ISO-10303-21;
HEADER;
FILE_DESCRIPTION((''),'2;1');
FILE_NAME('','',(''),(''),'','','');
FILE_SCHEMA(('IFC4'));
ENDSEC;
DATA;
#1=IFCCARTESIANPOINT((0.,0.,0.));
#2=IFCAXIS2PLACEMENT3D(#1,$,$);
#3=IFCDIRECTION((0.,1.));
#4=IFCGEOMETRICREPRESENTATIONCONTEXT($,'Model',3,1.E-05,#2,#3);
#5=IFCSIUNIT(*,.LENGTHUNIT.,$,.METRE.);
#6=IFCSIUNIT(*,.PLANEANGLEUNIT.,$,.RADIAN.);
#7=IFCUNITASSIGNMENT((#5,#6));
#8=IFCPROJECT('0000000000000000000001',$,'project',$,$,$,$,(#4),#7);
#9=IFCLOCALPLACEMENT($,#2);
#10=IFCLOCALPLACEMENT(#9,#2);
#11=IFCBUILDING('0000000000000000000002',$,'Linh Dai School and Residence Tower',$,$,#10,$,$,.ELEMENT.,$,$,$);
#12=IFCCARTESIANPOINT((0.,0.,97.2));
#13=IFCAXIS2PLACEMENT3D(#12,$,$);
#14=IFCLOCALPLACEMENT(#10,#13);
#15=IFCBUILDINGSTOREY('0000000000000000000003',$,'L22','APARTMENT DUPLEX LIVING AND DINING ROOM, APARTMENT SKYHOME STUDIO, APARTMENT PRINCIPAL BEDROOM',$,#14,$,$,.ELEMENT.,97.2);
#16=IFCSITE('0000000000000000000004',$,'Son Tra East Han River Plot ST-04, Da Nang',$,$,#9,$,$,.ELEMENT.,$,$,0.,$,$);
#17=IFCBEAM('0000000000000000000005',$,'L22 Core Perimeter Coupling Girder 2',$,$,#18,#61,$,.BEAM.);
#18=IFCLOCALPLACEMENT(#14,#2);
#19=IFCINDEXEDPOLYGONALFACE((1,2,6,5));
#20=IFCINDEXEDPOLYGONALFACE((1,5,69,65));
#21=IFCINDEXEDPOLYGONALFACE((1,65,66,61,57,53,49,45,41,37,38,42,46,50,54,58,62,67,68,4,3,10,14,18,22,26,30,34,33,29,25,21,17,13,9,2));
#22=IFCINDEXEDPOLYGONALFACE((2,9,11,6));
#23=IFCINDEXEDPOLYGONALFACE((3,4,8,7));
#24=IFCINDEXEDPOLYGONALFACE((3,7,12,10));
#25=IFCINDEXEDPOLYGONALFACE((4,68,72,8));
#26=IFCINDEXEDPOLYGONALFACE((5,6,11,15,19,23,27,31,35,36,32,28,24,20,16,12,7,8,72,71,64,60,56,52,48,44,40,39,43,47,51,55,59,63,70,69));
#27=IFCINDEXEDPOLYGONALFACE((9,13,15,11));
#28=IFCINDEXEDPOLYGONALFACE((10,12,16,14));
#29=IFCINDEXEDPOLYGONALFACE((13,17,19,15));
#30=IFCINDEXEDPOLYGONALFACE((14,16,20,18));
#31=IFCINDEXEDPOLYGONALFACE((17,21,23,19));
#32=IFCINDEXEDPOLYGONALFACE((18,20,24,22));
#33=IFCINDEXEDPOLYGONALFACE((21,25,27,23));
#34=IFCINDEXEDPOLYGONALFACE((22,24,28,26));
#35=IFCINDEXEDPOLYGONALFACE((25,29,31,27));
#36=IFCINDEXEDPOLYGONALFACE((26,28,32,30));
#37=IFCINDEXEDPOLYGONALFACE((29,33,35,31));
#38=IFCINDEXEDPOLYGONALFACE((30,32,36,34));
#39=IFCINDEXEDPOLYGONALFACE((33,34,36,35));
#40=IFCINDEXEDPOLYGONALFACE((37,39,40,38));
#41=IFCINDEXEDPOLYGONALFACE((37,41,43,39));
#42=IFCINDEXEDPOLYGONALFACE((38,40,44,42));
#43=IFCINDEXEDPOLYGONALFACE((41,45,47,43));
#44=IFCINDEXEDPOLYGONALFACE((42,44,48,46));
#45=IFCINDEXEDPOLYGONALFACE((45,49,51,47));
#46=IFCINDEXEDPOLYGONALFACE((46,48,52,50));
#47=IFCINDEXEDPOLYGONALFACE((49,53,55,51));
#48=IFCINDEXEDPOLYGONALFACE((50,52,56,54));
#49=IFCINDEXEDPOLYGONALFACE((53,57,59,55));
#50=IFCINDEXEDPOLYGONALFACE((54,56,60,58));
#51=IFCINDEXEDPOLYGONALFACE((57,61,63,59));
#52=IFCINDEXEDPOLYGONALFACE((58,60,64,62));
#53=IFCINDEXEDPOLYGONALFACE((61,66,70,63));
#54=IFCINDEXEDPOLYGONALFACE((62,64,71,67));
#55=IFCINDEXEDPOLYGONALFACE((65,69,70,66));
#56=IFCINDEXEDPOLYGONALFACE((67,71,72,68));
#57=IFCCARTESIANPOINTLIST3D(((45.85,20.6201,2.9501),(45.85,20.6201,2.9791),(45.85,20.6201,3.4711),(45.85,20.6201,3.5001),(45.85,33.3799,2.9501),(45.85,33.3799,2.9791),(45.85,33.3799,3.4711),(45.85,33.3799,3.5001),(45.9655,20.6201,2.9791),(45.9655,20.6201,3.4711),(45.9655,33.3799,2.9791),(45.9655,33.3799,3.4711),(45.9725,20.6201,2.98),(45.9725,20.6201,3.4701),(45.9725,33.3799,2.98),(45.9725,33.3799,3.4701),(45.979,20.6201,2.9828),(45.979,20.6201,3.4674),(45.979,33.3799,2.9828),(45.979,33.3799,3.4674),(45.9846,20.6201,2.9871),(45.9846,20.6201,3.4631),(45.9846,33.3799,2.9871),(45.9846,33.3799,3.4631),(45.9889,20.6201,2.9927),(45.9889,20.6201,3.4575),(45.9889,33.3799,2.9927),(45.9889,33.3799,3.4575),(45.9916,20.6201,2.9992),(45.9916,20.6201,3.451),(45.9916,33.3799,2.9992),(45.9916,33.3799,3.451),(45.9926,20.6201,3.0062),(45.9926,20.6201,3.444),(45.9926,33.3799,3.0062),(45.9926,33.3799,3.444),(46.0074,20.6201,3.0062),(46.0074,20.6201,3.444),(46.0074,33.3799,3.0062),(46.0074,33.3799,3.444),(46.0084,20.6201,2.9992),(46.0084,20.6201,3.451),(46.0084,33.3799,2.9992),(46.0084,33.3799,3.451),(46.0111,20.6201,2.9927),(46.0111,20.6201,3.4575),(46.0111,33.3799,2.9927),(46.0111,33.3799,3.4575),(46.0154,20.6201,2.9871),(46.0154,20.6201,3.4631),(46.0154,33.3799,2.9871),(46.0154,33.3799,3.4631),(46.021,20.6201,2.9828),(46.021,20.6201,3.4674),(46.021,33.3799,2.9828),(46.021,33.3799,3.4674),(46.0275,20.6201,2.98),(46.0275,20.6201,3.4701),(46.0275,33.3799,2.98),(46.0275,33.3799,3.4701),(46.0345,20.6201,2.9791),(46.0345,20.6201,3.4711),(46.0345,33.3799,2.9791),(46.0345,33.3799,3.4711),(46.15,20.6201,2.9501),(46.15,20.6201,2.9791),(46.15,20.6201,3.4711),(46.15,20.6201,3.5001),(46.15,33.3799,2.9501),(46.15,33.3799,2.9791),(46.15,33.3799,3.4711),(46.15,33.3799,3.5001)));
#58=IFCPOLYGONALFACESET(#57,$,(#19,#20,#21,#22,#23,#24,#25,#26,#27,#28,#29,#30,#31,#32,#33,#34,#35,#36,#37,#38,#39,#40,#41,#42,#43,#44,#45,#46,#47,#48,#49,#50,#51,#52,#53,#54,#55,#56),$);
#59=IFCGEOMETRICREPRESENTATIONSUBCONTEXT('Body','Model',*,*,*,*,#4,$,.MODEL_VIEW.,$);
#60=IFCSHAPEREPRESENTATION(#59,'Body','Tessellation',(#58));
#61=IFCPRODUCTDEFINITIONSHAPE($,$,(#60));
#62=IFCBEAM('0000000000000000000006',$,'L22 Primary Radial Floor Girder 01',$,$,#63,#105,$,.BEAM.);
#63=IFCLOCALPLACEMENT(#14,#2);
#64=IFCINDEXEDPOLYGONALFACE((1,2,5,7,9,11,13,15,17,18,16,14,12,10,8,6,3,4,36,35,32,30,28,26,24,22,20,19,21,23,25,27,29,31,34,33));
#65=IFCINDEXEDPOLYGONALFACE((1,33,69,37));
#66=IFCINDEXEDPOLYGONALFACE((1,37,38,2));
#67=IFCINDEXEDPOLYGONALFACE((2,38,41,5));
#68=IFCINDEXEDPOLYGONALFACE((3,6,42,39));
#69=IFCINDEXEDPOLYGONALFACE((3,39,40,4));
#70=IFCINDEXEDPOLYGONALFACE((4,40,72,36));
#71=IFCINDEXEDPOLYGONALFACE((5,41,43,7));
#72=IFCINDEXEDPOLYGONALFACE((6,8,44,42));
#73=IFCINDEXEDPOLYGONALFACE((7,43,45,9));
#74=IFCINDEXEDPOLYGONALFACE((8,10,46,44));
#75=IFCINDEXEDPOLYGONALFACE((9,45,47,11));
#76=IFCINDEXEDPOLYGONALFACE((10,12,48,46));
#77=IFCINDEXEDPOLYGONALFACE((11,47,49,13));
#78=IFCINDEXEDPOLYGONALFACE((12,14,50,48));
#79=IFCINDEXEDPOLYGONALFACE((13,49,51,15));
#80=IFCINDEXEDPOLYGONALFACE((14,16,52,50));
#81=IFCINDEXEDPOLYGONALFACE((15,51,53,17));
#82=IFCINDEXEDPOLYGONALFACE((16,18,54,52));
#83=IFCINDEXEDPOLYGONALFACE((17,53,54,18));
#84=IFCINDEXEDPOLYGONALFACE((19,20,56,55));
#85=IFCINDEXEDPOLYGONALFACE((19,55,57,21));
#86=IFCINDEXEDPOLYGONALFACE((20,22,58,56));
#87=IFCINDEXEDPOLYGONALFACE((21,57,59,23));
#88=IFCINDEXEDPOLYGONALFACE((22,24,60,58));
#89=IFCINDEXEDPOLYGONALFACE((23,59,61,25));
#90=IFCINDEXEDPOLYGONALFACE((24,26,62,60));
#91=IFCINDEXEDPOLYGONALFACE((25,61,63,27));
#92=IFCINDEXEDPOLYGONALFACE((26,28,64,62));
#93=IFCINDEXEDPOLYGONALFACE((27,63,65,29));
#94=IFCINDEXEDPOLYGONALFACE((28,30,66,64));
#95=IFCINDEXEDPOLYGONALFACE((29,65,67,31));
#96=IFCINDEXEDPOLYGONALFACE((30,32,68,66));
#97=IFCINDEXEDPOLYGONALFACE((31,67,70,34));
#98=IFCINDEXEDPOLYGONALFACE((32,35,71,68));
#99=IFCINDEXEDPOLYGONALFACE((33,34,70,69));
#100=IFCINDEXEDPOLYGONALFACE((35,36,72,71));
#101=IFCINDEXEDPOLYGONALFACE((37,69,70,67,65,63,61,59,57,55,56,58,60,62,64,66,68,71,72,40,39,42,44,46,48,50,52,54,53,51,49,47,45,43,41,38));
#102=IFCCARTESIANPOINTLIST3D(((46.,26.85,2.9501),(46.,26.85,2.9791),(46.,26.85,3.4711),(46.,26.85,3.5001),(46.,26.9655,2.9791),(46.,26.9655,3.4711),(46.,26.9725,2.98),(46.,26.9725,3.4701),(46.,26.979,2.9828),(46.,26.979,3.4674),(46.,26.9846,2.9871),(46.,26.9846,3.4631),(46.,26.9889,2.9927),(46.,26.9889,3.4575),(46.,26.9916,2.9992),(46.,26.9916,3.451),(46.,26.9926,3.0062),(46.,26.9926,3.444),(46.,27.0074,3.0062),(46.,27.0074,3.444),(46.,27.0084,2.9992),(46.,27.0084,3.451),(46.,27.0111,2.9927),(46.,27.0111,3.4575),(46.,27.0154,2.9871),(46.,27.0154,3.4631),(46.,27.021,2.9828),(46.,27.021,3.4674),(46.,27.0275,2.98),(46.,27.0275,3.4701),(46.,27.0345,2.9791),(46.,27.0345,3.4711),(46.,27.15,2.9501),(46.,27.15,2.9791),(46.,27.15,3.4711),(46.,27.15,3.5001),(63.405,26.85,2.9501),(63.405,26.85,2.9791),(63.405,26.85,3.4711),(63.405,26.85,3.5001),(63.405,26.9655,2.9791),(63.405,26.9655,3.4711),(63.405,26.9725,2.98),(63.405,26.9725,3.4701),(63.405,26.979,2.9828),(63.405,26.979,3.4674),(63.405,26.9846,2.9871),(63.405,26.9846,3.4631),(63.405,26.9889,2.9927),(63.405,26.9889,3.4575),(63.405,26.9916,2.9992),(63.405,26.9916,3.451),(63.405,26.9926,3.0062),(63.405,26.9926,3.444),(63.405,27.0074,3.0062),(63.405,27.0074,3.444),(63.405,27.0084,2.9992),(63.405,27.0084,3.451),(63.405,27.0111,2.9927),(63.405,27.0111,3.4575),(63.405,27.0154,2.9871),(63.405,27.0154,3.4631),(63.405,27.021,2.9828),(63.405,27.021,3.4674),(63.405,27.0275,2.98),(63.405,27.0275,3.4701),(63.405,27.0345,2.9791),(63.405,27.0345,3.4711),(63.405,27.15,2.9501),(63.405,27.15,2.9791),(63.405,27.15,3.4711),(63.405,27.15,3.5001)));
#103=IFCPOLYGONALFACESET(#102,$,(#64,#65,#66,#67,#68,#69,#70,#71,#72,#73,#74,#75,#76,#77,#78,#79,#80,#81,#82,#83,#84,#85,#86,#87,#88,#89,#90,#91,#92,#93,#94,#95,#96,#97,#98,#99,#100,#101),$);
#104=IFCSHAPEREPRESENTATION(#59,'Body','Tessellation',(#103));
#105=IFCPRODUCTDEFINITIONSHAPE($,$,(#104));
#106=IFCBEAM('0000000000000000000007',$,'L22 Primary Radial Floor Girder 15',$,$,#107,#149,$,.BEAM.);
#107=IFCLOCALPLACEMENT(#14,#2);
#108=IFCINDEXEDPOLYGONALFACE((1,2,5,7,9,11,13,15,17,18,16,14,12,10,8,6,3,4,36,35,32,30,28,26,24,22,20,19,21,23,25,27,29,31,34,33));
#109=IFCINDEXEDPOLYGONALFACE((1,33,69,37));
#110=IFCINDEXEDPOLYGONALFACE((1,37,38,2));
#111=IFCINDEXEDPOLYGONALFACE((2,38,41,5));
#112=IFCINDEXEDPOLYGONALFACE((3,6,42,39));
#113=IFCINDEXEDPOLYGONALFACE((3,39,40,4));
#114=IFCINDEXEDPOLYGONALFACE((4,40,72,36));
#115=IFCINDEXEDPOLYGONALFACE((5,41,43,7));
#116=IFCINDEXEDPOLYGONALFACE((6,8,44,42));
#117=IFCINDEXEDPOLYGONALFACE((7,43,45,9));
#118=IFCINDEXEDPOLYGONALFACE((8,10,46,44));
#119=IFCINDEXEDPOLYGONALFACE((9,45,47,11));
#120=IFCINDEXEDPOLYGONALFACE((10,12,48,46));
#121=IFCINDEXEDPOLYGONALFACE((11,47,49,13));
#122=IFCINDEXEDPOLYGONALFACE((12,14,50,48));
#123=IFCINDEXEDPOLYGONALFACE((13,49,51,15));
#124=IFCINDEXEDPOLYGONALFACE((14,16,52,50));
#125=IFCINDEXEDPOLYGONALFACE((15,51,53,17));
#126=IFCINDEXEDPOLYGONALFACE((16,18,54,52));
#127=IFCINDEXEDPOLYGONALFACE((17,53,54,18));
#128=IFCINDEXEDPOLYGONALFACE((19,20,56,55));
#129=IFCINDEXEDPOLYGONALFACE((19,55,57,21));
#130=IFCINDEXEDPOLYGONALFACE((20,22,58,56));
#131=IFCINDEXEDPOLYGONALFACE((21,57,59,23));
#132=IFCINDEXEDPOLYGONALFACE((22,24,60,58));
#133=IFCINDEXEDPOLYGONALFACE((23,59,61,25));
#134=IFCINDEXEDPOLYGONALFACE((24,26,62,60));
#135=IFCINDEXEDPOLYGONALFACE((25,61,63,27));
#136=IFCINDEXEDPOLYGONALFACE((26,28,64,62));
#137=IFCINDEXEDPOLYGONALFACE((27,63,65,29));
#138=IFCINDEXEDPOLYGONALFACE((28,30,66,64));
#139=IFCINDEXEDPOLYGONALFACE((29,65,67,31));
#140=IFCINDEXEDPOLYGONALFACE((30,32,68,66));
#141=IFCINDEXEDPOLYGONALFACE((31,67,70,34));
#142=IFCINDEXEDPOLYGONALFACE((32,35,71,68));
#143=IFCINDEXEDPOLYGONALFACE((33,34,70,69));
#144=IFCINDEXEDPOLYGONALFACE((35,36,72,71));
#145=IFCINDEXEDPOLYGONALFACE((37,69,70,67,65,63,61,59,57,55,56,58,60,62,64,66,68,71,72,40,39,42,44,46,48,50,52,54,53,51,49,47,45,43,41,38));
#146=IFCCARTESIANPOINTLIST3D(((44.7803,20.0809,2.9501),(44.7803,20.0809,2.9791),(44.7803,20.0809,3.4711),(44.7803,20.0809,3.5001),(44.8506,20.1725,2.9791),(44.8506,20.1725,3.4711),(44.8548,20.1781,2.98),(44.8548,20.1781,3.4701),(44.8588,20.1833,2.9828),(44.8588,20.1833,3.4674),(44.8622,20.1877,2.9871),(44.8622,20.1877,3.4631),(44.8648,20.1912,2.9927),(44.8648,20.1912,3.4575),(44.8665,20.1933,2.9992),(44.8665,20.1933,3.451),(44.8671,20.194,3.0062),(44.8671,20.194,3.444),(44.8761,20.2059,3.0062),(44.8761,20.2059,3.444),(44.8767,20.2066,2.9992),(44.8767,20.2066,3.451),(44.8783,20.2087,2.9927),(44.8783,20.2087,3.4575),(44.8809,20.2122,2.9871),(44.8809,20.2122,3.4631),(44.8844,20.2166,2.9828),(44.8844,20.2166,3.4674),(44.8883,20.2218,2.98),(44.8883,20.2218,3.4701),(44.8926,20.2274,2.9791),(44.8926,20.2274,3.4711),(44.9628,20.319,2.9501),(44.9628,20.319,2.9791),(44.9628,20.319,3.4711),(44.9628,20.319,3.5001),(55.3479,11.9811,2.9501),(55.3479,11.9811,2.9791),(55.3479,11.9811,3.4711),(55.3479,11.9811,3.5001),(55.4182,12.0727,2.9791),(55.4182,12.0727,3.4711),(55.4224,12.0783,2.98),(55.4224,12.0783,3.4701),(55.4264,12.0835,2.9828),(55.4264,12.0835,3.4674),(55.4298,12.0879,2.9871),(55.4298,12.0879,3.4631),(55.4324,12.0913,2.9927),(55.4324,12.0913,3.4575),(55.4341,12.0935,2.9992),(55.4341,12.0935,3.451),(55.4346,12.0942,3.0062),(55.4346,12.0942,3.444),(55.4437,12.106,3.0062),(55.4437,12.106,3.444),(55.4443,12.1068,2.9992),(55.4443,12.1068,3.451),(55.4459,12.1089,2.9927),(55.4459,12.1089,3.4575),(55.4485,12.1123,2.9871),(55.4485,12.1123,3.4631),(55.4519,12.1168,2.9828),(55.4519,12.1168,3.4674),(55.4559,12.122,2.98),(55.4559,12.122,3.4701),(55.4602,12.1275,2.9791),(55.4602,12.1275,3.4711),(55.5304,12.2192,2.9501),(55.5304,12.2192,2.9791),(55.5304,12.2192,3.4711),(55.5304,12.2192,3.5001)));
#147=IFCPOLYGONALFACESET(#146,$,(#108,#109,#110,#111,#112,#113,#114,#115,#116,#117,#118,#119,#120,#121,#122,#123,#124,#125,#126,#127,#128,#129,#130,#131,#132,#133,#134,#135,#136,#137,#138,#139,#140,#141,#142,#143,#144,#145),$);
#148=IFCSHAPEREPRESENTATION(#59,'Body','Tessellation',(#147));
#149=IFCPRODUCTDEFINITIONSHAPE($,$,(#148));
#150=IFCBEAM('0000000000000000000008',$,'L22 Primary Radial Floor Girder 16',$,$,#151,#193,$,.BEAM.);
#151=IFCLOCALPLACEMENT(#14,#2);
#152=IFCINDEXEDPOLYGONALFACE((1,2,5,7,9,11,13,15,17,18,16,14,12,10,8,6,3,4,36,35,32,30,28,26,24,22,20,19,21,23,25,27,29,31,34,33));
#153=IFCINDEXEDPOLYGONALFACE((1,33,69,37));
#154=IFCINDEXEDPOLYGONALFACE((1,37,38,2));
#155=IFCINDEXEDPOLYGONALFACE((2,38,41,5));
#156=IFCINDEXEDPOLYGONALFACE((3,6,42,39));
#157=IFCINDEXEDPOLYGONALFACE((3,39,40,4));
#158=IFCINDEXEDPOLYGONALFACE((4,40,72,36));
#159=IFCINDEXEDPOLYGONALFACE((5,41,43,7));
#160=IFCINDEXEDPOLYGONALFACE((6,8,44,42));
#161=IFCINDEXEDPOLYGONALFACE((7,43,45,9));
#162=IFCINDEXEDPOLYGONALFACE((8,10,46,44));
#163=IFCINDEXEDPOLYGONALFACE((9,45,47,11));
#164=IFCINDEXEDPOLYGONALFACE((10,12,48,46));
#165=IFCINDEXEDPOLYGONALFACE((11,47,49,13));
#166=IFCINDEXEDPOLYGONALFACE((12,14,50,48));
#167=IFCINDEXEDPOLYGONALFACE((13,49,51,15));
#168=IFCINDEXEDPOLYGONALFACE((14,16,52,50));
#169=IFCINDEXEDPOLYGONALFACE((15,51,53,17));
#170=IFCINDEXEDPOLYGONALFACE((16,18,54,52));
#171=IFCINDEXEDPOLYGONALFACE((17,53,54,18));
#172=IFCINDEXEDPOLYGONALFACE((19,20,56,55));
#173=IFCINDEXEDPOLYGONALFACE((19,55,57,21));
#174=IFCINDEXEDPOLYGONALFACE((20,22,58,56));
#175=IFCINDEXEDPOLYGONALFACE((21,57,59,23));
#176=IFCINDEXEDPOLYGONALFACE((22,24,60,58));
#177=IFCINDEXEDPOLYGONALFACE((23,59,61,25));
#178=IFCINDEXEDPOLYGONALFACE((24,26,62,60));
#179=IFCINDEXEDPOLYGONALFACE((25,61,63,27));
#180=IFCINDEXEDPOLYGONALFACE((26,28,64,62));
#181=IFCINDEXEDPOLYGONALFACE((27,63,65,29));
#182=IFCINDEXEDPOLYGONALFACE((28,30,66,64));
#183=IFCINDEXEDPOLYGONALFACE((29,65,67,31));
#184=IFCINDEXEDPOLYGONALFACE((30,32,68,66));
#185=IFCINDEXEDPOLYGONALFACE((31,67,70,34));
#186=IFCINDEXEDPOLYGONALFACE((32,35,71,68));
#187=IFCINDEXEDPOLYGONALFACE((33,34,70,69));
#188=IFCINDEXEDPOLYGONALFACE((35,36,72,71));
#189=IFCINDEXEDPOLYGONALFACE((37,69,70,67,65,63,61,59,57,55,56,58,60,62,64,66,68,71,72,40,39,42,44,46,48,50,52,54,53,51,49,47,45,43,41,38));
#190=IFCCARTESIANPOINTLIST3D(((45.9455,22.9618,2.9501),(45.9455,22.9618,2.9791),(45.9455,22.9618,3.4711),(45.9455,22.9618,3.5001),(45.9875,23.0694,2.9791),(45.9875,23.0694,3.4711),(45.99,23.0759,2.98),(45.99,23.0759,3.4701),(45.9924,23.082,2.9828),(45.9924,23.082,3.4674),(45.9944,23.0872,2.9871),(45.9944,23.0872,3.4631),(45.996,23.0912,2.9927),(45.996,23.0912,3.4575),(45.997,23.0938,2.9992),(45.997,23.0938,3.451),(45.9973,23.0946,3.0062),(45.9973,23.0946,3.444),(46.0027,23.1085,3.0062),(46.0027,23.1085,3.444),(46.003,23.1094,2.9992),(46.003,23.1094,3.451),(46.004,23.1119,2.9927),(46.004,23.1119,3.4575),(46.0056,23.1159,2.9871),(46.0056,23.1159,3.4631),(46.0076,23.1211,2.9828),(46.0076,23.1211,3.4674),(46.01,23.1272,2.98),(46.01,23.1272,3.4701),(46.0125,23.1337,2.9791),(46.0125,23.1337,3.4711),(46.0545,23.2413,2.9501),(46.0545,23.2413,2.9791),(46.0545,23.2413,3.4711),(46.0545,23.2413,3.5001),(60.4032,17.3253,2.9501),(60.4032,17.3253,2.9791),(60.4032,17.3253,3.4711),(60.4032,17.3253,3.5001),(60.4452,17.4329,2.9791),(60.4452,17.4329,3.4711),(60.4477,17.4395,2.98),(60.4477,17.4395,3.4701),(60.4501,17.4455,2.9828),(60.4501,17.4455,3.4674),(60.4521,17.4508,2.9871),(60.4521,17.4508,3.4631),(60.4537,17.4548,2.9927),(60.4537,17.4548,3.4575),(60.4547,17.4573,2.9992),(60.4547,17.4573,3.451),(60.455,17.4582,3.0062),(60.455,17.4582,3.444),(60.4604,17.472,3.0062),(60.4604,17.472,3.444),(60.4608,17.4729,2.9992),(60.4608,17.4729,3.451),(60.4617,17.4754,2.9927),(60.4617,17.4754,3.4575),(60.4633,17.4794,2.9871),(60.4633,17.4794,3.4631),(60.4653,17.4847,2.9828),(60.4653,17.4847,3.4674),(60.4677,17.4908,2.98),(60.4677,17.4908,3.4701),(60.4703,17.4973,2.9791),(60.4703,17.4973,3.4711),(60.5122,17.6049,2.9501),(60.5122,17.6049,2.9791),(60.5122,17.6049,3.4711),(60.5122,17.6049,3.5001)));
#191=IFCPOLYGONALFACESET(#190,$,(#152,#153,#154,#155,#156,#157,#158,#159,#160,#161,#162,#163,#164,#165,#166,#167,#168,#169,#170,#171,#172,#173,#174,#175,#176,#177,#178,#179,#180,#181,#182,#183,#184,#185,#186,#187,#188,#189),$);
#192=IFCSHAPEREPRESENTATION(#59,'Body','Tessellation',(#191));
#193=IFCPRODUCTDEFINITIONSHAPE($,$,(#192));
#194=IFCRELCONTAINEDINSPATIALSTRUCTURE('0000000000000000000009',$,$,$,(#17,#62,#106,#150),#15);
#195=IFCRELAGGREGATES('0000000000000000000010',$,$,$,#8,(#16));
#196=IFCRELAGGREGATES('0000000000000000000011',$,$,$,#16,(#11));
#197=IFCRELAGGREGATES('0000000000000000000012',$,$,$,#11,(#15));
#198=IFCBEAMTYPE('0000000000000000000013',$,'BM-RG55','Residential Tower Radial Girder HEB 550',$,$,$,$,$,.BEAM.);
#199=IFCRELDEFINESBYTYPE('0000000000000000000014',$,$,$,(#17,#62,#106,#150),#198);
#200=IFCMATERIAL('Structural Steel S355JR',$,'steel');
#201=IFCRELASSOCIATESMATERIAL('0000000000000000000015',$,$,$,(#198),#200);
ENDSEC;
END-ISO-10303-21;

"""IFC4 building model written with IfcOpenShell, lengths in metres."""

from ifc_helpers import new_model, si_unit, direction, frame, origin, origin_2d, place, context, subcontext, project, spatial, i_section, extrude, material, material_profile, profile_set, type_object, element, save


model = new_model("IFC4")

# Units and contexts
model_context = context("Model", 3, precision=1e-05, world=origin(), true_north=direction((0.0, 1.0)))
body_context = subcontext(model_context, "Body", "Model", "MODEL_VIEW")
ifc_project = project(units=[si_unit("LENGTHUNIT", "METRE"), si_unit("PLANEANGLEUNIT", "RADIAN")], contexts=[model_context])

# Site, building, storey
site_placement = place(None, origin())
site = spatial("IfcSite", under=ifc_project, at=site_placement, Name="Son Tra East Han River Plot ST-04, Da Nang", CompositionType="ELEMENT", RefElevation=0.0)
building_placement = place(site_placement, origin())
building = spatial("IfcBuilding", under=site, at=building_placement, Name="Linh Dai School and Residence Tower", CompositionType="ELEMENT")
storey_placement = place(building_placement, frame((0.0, 0.0, 97.2)))
storey = spatial("IfcBuildingStorey", under=building, at=storey_placement, Name="L22", Description="APARTMENT DUPLEX LIVING AND DINING ROOM, APARTMENT SKYHOME STUDIO, APARTMENT PRINCIPAL BEDROOM", CompositionType="ELEMENT", Elevation=97.2)

# Shared definitions
ifc_material_1 = material(Name="Structural Steel S355JR", Category="steel")

# Beams
ifc_material_profile_1 = material_profile(ifc_material_1, i_section(OverallWidth=0.3, OverallDepth=0.55, WebThickness=0.0149, FlangeThickness=0.0291, FilletRadius=0.0271, at=origin_2d()), Name="HEB 550")
ifc_profile_set_1 = profile_set([ifc_material_profile_1], Name="Structural Steel S355JR")
beam_type_1 = type_object("IfcBeamType", Name="BM-RG55", Description="Residential Tower Radial Girder HEB 550", PredefinedType="BEAM", material=ifc_profile_set_1)
beam_1_placement = place(storey_placement, frame((46.0, 20.6201, 3.2251), z_axis=(0.0, 1.0, 0.0), x_axis=(-1.0, 0.0, 0.0)))
element("IfcBeam", 1, at=beam_1_placement, inside=storey, type_object=beam_type_1, Name="L22 Core Perimeter Coupling Girder 2", PredefinedType="BEAM", context=body_context, shape_type="SweptSolid", body=[
    extrude(i_section(OverallWidth=0.3, OverallDepth=0.55, WebThickness=0.0149, FlangeThickness=0.0291, FilletRadius=0.0271, at=origin_2d()), origin(), (0.0, 0.0, 1.0), 12.7598),
])
beam_2_placement = place(storey_placement, frame((46.0, 27.0, 3.2251), z_axis=(1.0, 0.0, 0.0), x_axis=(0.0, 1.0, 0.0)))
element("IfcBeam", 2, at=beam_2_placement, inside=storey, type_object=beam_type_1, Name="L22 Primary Radial Floor Girder 01", PredefinedType="BEAM", context=body_context, shape_type="SweptSolid", body=[
    extrude(i_section(OverallWidth=0.3, OverallDepth=0.55, WebThickness=0.0149, FlangeThickness=0.0291, FilletRadius=0.0271, at=origin_2d()), origin(), (0.0, 0.0, 1.0), 17.405),
])
beam_3_placement = place(storey_placement, frame((44.8716, 20.2, 3.2251), z_axis=(0.793679, -0.608337, 0.0), x_axis=(0.608337, 0.793679, 0.0)))
element("IfcBeam", 3, at=beam_3_placement, inside=storey, type_object=beam_type_1, Name="L22 Primary Radial Floor Girder 15", PredefinedType="BEAM", context=body_context, shape_type="SweptSolid", body=[
    extrude(i_section(OverallWidth=0.3, OverallDepth=0.55, WebThickness=0.0149, FlangeThickness=0.0291, FilletRadius=0.0271, at=origin_2d()), origin(), (0.0, 0.0, 1.0), 13.3147),
])
beam_4_placement = place(storey_placement, frame((46.0, 23.1016, 3.2251), z_axis=(0.931699, -0.36323, 0.0), x_axis=(0.36323, 0.931699, 0.0)))
element("IfcBeam", 4, at=beam_4_placement, inside=storey, type_object=beam_type_1, Name="L22 Primary Radial Floor Girder 16", PredefinedType="BEAM", context=body_context, shape_type="SweptSolid", body=[
    extrude(i_section(OverallWidth=0.3, OverallDepth=0.55, WebThickness=0.0149, FlangeThickness=0.0291, FilletRadius=0.0271, at=origin_2d()), origin(), (0.0, 0.0, 1.0), 15.5176),
])

save(model, "model.ifc")
